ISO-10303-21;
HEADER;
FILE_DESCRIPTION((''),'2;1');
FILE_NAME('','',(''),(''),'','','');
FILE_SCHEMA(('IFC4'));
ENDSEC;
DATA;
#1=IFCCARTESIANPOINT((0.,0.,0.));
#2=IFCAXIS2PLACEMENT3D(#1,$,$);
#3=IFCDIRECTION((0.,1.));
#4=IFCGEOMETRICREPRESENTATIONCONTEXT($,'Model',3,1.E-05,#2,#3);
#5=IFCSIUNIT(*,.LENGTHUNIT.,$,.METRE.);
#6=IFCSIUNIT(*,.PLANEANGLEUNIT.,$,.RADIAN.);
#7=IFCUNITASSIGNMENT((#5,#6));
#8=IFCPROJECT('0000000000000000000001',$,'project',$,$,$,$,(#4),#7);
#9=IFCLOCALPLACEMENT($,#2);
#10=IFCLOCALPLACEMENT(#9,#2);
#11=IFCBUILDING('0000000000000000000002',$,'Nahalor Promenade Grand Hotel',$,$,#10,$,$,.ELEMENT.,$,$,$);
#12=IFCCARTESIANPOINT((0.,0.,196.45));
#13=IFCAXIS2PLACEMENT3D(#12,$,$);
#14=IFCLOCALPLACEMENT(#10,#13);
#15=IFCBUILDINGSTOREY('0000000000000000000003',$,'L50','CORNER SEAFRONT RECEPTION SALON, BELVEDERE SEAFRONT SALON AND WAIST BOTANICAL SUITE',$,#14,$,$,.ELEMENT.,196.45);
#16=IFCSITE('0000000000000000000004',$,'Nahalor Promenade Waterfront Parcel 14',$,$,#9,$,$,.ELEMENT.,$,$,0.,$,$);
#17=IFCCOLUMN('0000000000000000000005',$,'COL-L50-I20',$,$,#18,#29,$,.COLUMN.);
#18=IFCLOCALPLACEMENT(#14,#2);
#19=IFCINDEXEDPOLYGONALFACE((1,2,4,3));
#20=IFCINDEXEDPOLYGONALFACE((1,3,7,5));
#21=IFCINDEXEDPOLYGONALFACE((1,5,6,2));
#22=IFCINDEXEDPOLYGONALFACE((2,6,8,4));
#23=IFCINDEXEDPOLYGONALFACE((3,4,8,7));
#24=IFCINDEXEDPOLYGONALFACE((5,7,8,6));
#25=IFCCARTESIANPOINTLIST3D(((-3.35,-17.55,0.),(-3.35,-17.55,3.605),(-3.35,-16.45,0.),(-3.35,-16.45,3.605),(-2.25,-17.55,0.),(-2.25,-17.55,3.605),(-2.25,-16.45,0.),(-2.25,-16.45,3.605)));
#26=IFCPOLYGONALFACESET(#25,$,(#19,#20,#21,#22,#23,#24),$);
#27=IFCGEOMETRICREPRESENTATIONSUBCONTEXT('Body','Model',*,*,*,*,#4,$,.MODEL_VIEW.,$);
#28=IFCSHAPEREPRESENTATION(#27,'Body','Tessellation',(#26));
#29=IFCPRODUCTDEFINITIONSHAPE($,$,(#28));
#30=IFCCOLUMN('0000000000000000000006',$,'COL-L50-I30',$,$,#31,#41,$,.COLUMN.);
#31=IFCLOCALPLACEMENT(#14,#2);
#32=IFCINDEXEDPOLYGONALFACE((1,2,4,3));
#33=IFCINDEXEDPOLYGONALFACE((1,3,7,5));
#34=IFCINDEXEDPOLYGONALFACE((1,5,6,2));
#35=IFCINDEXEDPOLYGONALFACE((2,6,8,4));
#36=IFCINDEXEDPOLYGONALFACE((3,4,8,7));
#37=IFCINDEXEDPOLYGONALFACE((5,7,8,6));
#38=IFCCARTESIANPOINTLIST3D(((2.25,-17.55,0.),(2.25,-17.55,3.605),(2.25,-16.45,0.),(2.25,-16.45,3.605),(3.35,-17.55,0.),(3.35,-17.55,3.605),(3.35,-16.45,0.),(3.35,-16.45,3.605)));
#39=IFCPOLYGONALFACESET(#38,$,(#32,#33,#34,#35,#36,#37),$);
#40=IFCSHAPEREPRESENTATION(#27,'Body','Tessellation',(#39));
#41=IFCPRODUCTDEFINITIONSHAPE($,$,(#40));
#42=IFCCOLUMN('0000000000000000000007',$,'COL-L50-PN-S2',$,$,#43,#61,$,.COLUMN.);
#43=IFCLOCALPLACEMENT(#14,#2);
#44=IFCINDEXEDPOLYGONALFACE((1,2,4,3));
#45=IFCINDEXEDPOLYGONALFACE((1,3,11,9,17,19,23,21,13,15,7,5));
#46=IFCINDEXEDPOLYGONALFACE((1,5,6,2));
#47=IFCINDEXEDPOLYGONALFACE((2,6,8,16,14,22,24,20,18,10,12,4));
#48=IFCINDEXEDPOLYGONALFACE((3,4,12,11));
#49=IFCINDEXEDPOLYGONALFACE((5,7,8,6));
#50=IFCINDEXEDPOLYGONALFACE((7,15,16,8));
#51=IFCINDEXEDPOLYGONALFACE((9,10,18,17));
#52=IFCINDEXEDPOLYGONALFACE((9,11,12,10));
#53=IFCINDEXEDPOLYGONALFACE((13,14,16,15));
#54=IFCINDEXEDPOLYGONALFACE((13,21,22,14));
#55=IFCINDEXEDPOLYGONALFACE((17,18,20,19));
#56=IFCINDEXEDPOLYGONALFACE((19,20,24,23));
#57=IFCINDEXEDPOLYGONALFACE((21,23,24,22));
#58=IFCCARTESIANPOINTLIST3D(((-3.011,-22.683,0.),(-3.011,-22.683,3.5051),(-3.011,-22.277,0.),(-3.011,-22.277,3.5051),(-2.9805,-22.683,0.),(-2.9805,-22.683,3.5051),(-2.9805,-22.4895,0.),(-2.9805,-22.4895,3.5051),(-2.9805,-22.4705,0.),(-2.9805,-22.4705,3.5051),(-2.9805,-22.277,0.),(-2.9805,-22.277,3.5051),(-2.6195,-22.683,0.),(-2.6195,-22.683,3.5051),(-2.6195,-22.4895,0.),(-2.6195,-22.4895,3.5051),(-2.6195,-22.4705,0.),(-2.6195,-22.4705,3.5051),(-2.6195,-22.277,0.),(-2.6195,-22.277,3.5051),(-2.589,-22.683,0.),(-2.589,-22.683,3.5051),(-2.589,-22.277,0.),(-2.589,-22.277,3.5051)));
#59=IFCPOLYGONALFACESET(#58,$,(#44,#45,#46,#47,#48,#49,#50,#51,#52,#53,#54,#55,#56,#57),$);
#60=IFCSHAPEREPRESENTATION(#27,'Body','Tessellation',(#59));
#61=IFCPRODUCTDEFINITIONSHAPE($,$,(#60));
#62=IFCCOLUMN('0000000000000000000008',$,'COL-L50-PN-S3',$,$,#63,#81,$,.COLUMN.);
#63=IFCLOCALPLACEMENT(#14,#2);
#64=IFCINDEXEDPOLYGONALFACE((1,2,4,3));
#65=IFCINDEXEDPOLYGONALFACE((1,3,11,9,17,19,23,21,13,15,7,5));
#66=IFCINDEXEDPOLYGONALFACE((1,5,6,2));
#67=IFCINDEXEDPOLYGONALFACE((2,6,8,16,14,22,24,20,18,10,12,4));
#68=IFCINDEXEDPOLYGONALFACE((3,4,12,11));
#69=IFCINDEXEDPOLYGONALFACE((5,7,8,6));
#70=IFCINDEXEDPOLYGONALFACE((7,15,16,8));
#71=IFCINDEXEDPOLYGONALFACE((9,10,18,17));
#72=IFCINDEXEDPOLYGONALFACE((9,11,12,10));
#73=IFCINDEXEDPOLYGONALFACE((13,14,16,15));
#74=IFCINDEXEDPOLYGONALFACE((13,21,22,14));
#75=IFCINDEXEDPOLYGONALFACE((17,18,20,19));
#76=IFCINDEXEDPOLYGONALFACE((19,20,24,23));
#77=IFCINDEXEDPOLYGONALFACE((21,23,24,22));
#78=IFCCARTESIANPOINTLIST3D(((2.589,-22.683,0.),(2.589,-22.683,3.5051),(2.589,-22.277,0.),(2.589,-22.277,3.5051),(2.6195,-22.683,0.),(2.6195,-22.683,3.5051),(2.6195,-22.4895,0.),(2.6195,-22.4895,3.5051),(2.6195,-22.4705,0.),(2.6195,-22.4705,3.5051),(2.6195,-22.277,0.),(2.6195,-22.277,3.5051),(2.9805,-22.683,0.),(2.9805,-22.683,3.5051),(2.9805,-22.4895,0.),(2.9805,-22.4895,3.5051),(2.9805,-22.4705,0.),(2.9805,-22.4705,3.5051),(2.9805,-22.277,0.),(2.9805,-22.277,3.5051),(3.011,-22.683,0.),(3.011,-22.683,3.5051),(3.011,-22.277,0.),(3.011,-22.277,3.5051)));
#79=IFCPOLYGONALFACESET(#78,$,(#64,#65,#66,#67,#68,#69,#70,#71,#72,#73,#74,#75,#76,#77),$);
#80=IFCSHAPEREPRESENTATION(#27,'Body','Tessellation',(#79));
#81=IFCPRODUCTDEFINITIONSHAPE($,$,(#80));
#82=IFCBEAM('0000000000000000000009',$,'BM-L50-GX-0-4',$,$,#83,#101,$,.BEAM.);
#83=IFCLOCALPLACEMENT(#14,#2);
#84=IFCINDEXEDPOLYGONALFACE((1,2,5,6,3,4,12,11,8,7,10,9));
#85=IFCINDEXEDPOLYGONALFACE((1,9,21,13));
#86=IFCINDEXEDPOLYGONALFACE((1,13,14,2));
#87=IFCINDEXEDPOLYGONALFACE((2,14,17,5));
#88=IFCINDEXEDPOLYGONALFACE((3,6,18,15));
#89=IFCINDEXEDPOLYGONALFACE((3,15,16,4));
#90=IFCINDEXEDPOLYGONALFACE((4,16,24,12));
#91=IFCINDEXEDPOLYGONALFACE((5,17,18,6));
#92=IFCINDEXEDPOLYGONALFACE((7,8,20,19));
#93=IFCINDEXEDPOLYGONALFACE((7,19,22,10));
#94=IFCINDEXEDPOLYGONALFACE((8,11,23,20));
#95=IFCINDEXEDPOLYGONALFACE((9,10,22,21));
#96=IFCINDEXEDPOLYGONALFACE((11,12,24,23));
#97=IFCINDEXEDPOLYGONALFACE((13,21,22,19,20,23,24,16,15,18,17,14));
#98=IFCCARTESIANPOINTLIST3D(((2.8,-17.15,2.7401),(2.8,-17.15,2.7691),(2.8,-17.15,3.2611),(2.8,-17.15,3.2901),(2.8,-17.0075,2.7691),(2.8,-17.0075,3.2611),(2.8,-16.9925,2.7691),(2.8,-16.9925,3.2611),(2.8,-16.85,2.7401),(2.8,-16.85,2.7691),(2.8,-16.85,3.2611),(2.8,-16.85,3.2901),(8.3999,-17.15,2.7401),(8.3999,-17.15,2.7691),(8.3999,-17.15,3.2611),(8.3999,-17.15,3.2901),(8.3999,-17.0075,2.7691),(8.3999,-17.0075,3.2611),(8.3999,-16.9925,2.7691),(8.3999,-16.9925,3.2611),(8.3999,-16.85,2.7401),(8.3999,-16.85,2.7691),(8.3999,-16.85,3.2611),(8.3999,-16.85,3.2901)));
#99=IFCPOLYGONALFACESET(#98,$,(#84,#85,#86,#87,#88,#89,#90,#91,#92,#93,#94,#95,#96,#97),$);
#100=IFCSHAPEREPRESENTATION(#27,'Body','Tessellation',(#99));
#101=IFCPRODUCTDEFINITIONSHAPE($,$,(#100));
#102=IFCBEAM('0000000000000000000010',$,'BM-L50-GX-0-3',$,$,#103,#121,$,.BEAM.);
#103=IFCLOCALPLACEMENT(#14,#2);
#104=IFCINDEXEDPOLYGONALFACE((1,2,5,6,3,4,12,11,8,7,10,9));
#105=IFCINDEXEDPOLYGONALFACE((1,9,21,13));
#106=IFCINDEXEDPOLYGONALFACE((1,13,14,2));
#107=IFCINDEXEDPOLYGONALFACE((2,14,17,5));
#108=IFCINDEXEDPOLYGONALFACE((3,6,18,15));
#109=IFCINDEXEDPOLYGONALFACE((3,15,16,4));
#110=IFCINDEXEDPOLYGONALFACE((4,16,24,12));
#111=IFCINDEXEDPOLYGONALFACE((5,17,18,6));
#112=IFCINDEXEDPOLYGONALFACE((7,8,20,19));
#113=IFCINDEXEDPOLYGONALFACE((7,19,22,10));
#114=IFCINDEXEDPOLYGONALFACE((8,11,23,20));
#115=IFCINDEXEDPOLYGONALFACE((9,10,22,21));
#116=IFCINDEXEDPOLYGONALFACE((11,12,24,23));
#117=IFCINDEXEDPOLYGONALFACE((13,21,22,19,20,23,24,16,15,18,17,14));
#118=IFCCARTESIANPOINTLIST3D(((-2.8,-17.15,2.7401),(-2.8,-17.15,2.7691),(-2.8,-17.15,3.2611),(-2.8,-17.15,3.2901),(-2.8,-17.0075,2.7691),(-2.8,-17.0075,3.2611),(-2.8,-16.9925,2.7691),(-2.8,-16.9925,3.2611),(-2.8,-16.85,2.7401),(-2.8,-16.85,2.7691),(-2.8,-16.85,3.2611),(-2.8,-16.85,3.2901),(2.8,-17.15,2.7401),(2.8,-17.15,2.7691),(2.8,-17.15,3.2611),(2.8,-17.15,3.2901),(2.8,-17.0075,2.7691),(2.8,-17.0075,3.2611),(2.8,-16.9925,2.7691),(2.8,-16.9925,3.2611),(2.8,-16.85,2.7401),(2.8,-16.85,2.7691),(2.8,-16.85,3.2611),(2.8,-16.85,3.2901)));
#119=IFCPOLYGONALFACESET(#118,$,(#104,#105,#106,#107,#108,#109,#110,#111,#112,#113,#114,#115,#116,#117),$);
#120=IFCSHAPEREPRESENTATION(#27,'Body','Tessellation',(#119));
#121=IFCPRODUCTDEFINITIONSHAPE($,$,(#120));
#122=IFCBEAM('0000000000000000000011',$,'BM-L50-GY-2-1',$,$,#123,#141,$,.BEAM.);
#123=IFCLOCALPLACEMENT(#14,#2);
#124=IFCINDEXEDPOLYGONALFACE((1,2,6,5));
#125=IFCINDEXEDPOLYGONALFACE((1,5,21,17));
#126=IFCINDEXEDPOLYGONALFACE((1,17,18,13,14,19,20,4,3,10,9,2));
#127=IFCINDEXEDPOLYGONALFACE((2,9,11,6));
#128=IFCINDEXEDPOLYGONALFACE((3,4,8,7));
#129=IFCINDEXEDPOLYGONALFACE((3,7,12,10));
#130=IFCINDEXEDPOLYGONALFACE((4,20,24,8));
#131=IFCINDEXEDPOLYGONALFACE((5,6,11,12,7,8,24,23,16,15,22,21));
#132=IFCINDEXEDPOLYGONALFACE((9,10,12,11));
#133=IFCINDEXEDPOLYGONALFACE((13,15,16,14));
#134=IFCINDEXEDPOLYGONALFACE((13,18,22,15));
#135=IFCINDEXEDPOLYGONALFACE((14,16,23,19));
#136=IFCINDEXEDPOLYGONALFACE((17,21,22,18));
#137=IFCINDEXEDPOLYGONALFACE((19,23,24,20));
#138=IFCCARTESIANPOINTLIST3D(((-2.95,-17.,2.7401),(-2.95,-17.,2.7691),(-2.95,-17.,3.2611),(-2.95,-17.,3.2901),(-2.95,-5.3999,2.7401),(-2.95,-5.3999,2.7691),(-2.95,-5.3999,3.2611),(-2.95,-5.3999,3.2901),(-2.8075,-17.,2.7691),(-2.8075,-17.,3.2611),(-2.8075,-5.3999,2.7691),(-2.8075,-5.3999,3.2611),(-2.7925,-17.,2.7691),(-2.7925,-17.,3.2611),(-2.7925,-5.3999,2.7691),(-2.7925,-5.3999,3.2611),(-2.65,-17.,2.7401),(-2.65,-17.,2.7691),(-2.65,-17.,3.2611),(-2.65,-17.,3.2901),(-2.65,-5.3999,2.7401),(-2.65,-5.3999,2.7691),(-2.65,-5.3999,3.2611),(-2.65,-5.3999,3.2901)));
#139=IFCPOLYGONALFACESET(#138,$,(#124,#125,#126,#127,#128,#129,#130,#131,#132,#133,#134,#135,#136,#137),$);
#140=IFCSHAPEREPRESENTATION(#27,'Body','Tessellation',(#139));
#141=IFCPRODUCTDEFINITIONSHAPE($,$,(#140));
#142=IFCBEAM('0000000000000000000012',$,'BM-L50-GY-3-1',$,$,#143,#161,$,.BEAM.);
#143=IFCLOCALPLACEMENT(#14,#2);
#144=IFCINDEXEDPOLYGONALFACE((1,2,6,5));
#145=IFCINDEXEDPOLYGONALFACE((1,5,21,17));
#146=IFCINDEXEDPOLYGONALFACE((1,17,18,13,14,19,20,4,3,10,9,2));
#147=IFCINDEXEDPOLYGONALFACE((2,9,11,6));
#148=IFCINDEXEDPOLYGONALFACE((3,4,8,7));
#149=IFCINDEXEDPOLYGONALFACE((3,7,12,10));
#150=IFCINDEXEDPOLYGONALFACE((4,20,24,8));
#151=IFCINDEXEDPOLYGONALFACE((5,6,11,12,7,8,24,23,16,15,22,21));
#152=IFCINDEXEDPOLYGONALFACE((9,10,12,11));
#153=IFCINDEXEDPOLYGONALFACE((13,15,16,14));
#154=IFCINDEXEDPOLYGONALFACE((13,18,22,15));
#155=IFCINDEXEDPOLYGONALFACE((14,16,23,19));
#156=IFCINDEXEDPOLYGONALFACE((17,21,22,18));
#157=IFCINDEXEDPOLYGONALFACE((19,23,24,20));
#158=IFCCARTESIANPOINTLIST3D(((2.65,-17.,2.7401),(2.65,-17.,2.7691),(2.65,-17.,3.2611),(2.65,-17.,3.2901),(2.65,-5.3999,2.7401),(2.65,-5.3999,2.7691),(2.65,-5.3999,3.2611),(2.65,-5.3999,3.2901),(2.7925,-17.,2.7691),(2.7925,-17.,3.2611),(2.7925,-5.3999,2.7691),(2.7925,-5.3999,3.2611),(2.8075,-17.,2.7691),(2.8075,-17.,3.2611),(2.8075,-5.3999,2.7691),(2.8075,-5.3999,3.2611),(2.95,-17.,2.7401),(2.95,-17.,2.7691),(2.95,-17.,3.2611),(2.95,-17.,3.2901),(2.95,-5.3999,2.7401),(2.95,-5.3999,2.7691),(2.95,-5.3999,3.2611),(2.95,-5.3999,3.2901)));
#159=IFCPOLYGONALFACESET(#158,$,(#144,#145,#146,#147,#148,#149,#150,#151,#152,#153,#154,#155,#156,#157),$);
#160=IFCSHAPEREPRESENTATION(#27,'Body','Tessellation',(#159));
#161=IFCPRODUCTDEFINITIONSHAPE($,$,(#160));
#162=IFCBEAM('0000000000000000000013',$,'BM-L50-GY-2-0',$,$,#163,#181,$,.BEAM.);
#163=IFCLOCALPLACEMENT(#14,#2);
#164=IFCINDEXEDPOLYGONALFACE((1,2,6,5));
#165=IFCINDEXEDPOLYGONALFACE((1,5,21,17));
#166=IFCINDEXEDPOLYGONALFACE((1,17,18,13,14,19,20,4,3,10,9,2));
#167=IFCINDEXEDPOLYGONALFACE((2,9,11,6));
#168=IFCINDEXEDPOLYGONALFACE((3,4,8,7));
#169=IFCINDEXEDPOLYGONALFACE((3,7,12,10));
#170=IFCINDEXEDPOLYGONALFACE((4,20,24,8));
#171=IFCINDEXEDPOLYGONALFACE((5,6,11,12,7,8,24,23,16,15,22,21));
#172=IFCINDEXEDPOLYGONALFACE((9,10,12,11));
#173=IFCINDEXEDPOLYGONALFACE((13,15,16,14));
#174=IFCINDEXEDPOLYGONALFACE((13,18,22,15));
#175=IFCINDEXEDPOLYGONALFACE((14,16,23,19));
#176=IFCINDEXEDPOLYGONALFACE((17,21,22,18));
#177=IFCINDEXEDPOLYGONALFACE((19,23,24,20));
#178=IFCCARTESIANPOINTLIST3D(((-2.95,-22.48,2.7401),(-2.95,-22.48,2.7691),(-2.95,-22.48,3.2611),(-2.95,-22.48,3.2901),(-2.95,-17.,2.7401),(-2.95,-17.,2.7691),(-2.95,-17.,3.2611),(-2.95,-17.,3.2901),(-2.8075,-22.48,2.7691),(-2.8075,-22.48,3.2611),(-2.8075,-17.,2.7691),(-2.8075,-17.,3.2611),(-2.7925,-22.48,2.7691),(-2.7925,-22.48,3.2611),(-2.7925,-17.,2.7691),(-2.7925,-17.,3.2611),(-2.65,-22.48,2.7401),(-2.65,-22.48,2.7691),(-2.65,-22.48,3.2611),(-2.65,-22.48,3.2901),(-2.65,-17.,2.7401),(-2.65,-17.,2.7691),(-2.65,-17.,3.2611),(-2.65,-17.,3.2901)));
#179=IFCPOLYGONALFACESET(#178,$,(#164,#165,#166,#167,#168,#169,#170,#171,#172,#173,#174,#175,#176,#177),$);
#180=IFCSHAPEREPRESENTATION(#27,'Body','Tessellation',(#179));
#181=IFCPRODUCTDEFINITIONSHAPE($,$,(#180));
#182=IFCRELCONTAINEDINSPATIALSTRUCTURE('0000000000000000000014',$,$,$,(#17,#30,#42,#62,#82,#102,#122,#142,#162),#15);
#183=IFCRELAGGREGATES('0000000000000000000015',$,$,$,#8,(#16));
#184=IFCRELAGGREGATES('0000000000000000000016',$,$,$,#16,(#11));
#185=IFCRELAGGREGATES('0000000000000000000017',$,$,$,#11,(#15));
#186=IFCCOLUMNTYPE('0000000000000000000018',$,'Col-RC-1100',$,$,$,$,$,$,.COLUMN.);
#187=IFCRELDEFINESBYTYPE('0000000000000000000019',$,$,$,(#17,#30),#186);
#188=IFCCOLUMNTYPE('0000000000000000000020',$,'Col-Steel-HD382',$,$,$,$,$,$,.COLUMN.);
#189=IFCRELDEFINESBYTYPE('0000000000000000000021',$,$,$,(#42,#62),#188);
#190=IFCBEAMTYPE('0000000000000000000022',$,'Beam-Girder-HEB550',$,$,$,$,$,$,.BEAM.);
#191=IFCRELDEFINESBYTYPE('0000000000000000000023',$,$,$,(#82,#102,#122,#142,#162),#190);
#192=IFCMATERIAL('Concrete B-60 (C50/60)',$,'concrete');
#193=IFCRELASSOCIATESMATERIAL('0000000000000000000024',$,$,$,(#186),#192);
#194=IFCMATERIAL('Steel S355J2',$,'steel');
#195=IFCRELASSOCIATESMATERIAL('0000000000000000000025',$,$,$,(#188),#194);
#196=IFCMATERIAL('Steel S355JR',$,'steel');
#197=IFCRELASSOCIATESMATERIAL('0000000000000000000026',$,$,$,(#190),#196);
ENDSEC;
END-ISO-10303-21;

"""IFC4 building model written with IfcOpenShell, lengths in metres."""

from ifc_helpers import new_model, si_unit, direction, frame, origin, origin_2d, place, context, subcontext, project, spatial, rectangle, i_section, extrude, source, transform, mapped, material, material_profile, profile_set, type_object, element, save


model = new_model("IFC4")

# Units and contexts
model_context = context("Model", 3, precision=1e-05, world=origin(), true_north=direction((0.0, 1.0)))
body_context = subcontext(model_context, "Body", "Model", "MODEL_VIEW")
ifc_project = project(units=[si_unit("LENGTHUNIT", "METRE"), si_unit("PLANEANGLEUNIT", "RADIAN")], contexts=[model_context])

# Site, building, storey
site_placement = place(None, origin())
site = spatial("IfcSite", under=ifc_project, at=site_placement, Name="Nahalor Promenade Waterfront Parcel 14", CompositionType="ELEMENT", RefElevation=0.0)
building_placement = place(site_placement, origin())
building = spatial("IfcBuilding", under=site, at=building_placement, Name="Nahalor Promenade Grand Hotel", CompositionType="ELEMENT")
storey_placement = place(building_placement, frame((0.0, 0.0, 196.45)))
storey = spatial("IfcBuildingStorey", under=building, at=storey_placement, Name="L50", Description="CORNER SEAFRONT RECEPTION SALON, BELVEDERE SEAFRONT SALON AND WAIST BOTANICAL SUITE", CompositionType="ELEMENT", Elevation=196.45)

# Columns
ifc_material_1 = material(Name="Concrete B-60 (C50/60)", Category="concrete")
ifc_material_profile_1 = material_profile(ifc_material_1, rectangle(XDim=1.1, YDim=1.1, at=origin_2d()), Name="RC 1100x1100")
ifc_profile_set_1 = profile_set([ifc_material_profile_1], Name="Concrete B-60 (C50/60)")
column_type_1 = type_object("IfcColumnType", Name="Col-RC-1100", PredefinedType="COLUMN", material=ifc_profile_set_1)
shared_shape_1 = source(origin(), body_context, "Body", "SweptSolid", [
    extrude(rectangle(XDim=1.1, YDim=1.1, at=origin_2d()), origin(), (0.0, 0.0, 1.0), 3.605),
])
for number, where, z_axis, x_axis, name in (
    (1, (-2.8, -17.0, 0.0), (0.0, 0.0, 1.0), (1.0, 0.0, 0.0), "COL-L50-I20"),
    (2, (2.8, -17.0, 0.0), (0.0, 0.0, 1.0), (1.0, 0.0, 0.0), "COL-L50-I30"),
):
    element("IfcColumn", number, at=place(storey_placement, frame(where, z_axis=z_axis, x_axis=x_axis)), inside=storey, type_object=column_type_1, Name=name, PredefinedType="COLUMN", context=body_context, shape_type="MappedRepresentation", body=[
        mapped(shared_shape_1, transform((0.0, 0.0, 0.0), scale=1.0)),
    ])
ifc_material_2 = material(Name="Steel S355J2", Category="steel")
ifc_material_profile_2 = material_profile(ifc_material_2, i_section(OverallWidth=0.406, OverallDepth=0.422, WebThickness=0.019, FlangeThickness=0.0305, at=origin_2d()), Name="HD 400x382")
ifc_profile_set_2 = profile_set([ifc_material_profile_2], Name="Steel S355J2")
column_type_2 = type_object("IfcColumnType", Name="Col-Steel-HD382", PredefinedType="COLUMN", material=ifc_profile_set_2)
shared_shape_2 = source(origin(), body_context, "Body", "SweptSolid", [
    extrude(i_section(OverallWidth=0.406, OverallDepth=0.422, WebThickness=0.019, FlangeThickness=0.0305, at=origin_2d()), origin(), (0.0, 0.0, 1.0), 3.5051),
])
for number, where, z_axis, x_axis, name in (
    (3, (-2.8, -22.48, 0.0), (0.0, 0.0, 1.0), (0.0, 1.0, 0.0), "COL-L50-PN-S2"),
    (4, (2.8, -22.48, 0.0), (0.0, 0.0, 1.0), (0.0, 1.0, 0.0), "COL-L50-PN-S3"),
):
    element("IfcColumn", number, at=place(storey_placement, frame(where, z_axis=z_axis, x_axis=x_axis)), inside=storey, type_object=column_type_2, Name=name, PredefinedType="COLUMN", context=body_context, shape_type="MappedRepresentation", body=[
        mapped(shared_shape_2, transform((0.0, 0.0, 0.0), scale=1.0)),
    ])

# Beams
ifc_material_3 = material(Name="Steel S355JR", Category="steel")
ifc_material_profile_3 = material_profile(ifc_material_3, i_section(OverallWidth=0.3, OverallDepth=0.55, WebThickness=0.015, FlangeThickness=0.029, at=origin_2d()), Name="HEB 550")
ifc_profile_set_3 = profile_set([ifc_material_profile_3], Name="Steel S355JR")
beam_type_1 = type_object("IfcBeamType", Name="Beam-Girder-HEB550", PredefinedType="BEAM", material=ifc_profile_set_3)
shared_shape_3 = source(origin(), body_context, "Body", "SweptSolid", [
    extrude(i_section(OverallWidth=0.3, OverallDepth=0.55, WebThickness=0.015, FlangeThickness=0.029, at=origin_2d()), origin(), (0.0, 0.0, 1.0), 5.5999),
])
beam_1_placement = place(storey_placement, frame((2.8, -17.0, 3.0151), z_axis=(1.0, 0.0, 0.0), x_axis=(0.0, 1.0, 0.0)))
element("IfcBeam", 5, at=beam_1_placement, inside=storey, type_object=beam_type_1, Name="BM-L50-GX-0-4", PredefinedType="BEAM", context=body_context, shape_type="MappedRepresentation", body=[
    mapped(shared_shape_3, transform((0.0, 0.0, 0.0), scale=1.0)),
])
shared_shape_4 = source(origin(), body_context, "Body", "SweptSolid", [
    extrude(i_section(OverallWidth=0.3, OverallDepth=0.55, WebThickness=0.015, FlangeThickness=0.029, at=origin_2d()), origin(), (0.0, 0.0, 1.0), 5.6001),
])
beam_2_placement = place(storey_placement, frame((-2.8, -17.0, 3.0151), z_axis=(1.0, 0.0, 0.0), x_axis=(0.0, 1.0, 0.0)))
element("IfcBeam", 6, at=beam_2_placement, inside=storey, type_object=beam_type_1, Name="BM-L50-GX-0-3", PredefinedType="BEAM", context=body_context, shape_type="MappedRepresentation", body=[
    mapped(shared_shape_4, transform((0.0, 0.0, 0.0), scale=1.0)),
])
shared_shape_5 = source(origin(), body_context, "Body", "SweptSolid", [
    extrude(i_section(OverallWidth=0.3, OverallDepth=0.55, WebThickness=0.015, FlangeThickness=0.029, at=origin_2d()), origin(), (0.0, 0.0, 1.0), 11.6001),
])
for number, where, z_axis, x_axis, name in (
    (7, (-2.8, -17.0, 3.0151), (0.0, 1.0, 0.0), (-1.0, 0.0, 0.0), "BM-L50-GY-2-1"),
    (8, (2.8, -17.0, 3.0151), (0.0, 1.0, 0.0), (-1.0, 0.0, 0.0), "BM-L50-GY-3-1"),
):
    element("IfcBeam", number, at=place(storey_placement, frame(where, z_axis=z_axis, x_axis=x_axis)), inside=storey, type_object=beam_type_1, Name=name, PredefinedType="BEAM", context=body_context, shape_type="MappedRepresentation", body=[
        mapped(shared_shape_5, transform((0.0, 0.0, 0.0), scale=1.0)),
    ])
shared_shape_6 = source(origin(), body_context, "Body", "SweptSolid", [
    extrude(i_section(OverallWidth=0.3, OverallDepth=0.55, WebThickness=0.015, FlangeThickness=0.029, at=origin_2d()), origin(), (0.0, 0.0, 1.0), 5.48),
])
for number, where, z_axis, x_axis, name in (
    (9, (-2.8, -22.48, 3.0151), (0.0, 1.0, 0.0), (-1.0, 0.0, 0.0), "BM-L50-GY-2-0"),
):
    element("IfcBeam", number, at=place(storey_placement, frame(where, z_axis=z_axis, x_axis=x_axis)), inside=storey, type_object=beam_type_1, Name=name, PredefinedType="BEAM", context=body_context, shape_type="MappedRepresentation", body=[
        mapped(shared_shape_6, transform((0.0, 0.0, 0.0), scale=1.0)),
    ])

save(model, "model.ifc")
